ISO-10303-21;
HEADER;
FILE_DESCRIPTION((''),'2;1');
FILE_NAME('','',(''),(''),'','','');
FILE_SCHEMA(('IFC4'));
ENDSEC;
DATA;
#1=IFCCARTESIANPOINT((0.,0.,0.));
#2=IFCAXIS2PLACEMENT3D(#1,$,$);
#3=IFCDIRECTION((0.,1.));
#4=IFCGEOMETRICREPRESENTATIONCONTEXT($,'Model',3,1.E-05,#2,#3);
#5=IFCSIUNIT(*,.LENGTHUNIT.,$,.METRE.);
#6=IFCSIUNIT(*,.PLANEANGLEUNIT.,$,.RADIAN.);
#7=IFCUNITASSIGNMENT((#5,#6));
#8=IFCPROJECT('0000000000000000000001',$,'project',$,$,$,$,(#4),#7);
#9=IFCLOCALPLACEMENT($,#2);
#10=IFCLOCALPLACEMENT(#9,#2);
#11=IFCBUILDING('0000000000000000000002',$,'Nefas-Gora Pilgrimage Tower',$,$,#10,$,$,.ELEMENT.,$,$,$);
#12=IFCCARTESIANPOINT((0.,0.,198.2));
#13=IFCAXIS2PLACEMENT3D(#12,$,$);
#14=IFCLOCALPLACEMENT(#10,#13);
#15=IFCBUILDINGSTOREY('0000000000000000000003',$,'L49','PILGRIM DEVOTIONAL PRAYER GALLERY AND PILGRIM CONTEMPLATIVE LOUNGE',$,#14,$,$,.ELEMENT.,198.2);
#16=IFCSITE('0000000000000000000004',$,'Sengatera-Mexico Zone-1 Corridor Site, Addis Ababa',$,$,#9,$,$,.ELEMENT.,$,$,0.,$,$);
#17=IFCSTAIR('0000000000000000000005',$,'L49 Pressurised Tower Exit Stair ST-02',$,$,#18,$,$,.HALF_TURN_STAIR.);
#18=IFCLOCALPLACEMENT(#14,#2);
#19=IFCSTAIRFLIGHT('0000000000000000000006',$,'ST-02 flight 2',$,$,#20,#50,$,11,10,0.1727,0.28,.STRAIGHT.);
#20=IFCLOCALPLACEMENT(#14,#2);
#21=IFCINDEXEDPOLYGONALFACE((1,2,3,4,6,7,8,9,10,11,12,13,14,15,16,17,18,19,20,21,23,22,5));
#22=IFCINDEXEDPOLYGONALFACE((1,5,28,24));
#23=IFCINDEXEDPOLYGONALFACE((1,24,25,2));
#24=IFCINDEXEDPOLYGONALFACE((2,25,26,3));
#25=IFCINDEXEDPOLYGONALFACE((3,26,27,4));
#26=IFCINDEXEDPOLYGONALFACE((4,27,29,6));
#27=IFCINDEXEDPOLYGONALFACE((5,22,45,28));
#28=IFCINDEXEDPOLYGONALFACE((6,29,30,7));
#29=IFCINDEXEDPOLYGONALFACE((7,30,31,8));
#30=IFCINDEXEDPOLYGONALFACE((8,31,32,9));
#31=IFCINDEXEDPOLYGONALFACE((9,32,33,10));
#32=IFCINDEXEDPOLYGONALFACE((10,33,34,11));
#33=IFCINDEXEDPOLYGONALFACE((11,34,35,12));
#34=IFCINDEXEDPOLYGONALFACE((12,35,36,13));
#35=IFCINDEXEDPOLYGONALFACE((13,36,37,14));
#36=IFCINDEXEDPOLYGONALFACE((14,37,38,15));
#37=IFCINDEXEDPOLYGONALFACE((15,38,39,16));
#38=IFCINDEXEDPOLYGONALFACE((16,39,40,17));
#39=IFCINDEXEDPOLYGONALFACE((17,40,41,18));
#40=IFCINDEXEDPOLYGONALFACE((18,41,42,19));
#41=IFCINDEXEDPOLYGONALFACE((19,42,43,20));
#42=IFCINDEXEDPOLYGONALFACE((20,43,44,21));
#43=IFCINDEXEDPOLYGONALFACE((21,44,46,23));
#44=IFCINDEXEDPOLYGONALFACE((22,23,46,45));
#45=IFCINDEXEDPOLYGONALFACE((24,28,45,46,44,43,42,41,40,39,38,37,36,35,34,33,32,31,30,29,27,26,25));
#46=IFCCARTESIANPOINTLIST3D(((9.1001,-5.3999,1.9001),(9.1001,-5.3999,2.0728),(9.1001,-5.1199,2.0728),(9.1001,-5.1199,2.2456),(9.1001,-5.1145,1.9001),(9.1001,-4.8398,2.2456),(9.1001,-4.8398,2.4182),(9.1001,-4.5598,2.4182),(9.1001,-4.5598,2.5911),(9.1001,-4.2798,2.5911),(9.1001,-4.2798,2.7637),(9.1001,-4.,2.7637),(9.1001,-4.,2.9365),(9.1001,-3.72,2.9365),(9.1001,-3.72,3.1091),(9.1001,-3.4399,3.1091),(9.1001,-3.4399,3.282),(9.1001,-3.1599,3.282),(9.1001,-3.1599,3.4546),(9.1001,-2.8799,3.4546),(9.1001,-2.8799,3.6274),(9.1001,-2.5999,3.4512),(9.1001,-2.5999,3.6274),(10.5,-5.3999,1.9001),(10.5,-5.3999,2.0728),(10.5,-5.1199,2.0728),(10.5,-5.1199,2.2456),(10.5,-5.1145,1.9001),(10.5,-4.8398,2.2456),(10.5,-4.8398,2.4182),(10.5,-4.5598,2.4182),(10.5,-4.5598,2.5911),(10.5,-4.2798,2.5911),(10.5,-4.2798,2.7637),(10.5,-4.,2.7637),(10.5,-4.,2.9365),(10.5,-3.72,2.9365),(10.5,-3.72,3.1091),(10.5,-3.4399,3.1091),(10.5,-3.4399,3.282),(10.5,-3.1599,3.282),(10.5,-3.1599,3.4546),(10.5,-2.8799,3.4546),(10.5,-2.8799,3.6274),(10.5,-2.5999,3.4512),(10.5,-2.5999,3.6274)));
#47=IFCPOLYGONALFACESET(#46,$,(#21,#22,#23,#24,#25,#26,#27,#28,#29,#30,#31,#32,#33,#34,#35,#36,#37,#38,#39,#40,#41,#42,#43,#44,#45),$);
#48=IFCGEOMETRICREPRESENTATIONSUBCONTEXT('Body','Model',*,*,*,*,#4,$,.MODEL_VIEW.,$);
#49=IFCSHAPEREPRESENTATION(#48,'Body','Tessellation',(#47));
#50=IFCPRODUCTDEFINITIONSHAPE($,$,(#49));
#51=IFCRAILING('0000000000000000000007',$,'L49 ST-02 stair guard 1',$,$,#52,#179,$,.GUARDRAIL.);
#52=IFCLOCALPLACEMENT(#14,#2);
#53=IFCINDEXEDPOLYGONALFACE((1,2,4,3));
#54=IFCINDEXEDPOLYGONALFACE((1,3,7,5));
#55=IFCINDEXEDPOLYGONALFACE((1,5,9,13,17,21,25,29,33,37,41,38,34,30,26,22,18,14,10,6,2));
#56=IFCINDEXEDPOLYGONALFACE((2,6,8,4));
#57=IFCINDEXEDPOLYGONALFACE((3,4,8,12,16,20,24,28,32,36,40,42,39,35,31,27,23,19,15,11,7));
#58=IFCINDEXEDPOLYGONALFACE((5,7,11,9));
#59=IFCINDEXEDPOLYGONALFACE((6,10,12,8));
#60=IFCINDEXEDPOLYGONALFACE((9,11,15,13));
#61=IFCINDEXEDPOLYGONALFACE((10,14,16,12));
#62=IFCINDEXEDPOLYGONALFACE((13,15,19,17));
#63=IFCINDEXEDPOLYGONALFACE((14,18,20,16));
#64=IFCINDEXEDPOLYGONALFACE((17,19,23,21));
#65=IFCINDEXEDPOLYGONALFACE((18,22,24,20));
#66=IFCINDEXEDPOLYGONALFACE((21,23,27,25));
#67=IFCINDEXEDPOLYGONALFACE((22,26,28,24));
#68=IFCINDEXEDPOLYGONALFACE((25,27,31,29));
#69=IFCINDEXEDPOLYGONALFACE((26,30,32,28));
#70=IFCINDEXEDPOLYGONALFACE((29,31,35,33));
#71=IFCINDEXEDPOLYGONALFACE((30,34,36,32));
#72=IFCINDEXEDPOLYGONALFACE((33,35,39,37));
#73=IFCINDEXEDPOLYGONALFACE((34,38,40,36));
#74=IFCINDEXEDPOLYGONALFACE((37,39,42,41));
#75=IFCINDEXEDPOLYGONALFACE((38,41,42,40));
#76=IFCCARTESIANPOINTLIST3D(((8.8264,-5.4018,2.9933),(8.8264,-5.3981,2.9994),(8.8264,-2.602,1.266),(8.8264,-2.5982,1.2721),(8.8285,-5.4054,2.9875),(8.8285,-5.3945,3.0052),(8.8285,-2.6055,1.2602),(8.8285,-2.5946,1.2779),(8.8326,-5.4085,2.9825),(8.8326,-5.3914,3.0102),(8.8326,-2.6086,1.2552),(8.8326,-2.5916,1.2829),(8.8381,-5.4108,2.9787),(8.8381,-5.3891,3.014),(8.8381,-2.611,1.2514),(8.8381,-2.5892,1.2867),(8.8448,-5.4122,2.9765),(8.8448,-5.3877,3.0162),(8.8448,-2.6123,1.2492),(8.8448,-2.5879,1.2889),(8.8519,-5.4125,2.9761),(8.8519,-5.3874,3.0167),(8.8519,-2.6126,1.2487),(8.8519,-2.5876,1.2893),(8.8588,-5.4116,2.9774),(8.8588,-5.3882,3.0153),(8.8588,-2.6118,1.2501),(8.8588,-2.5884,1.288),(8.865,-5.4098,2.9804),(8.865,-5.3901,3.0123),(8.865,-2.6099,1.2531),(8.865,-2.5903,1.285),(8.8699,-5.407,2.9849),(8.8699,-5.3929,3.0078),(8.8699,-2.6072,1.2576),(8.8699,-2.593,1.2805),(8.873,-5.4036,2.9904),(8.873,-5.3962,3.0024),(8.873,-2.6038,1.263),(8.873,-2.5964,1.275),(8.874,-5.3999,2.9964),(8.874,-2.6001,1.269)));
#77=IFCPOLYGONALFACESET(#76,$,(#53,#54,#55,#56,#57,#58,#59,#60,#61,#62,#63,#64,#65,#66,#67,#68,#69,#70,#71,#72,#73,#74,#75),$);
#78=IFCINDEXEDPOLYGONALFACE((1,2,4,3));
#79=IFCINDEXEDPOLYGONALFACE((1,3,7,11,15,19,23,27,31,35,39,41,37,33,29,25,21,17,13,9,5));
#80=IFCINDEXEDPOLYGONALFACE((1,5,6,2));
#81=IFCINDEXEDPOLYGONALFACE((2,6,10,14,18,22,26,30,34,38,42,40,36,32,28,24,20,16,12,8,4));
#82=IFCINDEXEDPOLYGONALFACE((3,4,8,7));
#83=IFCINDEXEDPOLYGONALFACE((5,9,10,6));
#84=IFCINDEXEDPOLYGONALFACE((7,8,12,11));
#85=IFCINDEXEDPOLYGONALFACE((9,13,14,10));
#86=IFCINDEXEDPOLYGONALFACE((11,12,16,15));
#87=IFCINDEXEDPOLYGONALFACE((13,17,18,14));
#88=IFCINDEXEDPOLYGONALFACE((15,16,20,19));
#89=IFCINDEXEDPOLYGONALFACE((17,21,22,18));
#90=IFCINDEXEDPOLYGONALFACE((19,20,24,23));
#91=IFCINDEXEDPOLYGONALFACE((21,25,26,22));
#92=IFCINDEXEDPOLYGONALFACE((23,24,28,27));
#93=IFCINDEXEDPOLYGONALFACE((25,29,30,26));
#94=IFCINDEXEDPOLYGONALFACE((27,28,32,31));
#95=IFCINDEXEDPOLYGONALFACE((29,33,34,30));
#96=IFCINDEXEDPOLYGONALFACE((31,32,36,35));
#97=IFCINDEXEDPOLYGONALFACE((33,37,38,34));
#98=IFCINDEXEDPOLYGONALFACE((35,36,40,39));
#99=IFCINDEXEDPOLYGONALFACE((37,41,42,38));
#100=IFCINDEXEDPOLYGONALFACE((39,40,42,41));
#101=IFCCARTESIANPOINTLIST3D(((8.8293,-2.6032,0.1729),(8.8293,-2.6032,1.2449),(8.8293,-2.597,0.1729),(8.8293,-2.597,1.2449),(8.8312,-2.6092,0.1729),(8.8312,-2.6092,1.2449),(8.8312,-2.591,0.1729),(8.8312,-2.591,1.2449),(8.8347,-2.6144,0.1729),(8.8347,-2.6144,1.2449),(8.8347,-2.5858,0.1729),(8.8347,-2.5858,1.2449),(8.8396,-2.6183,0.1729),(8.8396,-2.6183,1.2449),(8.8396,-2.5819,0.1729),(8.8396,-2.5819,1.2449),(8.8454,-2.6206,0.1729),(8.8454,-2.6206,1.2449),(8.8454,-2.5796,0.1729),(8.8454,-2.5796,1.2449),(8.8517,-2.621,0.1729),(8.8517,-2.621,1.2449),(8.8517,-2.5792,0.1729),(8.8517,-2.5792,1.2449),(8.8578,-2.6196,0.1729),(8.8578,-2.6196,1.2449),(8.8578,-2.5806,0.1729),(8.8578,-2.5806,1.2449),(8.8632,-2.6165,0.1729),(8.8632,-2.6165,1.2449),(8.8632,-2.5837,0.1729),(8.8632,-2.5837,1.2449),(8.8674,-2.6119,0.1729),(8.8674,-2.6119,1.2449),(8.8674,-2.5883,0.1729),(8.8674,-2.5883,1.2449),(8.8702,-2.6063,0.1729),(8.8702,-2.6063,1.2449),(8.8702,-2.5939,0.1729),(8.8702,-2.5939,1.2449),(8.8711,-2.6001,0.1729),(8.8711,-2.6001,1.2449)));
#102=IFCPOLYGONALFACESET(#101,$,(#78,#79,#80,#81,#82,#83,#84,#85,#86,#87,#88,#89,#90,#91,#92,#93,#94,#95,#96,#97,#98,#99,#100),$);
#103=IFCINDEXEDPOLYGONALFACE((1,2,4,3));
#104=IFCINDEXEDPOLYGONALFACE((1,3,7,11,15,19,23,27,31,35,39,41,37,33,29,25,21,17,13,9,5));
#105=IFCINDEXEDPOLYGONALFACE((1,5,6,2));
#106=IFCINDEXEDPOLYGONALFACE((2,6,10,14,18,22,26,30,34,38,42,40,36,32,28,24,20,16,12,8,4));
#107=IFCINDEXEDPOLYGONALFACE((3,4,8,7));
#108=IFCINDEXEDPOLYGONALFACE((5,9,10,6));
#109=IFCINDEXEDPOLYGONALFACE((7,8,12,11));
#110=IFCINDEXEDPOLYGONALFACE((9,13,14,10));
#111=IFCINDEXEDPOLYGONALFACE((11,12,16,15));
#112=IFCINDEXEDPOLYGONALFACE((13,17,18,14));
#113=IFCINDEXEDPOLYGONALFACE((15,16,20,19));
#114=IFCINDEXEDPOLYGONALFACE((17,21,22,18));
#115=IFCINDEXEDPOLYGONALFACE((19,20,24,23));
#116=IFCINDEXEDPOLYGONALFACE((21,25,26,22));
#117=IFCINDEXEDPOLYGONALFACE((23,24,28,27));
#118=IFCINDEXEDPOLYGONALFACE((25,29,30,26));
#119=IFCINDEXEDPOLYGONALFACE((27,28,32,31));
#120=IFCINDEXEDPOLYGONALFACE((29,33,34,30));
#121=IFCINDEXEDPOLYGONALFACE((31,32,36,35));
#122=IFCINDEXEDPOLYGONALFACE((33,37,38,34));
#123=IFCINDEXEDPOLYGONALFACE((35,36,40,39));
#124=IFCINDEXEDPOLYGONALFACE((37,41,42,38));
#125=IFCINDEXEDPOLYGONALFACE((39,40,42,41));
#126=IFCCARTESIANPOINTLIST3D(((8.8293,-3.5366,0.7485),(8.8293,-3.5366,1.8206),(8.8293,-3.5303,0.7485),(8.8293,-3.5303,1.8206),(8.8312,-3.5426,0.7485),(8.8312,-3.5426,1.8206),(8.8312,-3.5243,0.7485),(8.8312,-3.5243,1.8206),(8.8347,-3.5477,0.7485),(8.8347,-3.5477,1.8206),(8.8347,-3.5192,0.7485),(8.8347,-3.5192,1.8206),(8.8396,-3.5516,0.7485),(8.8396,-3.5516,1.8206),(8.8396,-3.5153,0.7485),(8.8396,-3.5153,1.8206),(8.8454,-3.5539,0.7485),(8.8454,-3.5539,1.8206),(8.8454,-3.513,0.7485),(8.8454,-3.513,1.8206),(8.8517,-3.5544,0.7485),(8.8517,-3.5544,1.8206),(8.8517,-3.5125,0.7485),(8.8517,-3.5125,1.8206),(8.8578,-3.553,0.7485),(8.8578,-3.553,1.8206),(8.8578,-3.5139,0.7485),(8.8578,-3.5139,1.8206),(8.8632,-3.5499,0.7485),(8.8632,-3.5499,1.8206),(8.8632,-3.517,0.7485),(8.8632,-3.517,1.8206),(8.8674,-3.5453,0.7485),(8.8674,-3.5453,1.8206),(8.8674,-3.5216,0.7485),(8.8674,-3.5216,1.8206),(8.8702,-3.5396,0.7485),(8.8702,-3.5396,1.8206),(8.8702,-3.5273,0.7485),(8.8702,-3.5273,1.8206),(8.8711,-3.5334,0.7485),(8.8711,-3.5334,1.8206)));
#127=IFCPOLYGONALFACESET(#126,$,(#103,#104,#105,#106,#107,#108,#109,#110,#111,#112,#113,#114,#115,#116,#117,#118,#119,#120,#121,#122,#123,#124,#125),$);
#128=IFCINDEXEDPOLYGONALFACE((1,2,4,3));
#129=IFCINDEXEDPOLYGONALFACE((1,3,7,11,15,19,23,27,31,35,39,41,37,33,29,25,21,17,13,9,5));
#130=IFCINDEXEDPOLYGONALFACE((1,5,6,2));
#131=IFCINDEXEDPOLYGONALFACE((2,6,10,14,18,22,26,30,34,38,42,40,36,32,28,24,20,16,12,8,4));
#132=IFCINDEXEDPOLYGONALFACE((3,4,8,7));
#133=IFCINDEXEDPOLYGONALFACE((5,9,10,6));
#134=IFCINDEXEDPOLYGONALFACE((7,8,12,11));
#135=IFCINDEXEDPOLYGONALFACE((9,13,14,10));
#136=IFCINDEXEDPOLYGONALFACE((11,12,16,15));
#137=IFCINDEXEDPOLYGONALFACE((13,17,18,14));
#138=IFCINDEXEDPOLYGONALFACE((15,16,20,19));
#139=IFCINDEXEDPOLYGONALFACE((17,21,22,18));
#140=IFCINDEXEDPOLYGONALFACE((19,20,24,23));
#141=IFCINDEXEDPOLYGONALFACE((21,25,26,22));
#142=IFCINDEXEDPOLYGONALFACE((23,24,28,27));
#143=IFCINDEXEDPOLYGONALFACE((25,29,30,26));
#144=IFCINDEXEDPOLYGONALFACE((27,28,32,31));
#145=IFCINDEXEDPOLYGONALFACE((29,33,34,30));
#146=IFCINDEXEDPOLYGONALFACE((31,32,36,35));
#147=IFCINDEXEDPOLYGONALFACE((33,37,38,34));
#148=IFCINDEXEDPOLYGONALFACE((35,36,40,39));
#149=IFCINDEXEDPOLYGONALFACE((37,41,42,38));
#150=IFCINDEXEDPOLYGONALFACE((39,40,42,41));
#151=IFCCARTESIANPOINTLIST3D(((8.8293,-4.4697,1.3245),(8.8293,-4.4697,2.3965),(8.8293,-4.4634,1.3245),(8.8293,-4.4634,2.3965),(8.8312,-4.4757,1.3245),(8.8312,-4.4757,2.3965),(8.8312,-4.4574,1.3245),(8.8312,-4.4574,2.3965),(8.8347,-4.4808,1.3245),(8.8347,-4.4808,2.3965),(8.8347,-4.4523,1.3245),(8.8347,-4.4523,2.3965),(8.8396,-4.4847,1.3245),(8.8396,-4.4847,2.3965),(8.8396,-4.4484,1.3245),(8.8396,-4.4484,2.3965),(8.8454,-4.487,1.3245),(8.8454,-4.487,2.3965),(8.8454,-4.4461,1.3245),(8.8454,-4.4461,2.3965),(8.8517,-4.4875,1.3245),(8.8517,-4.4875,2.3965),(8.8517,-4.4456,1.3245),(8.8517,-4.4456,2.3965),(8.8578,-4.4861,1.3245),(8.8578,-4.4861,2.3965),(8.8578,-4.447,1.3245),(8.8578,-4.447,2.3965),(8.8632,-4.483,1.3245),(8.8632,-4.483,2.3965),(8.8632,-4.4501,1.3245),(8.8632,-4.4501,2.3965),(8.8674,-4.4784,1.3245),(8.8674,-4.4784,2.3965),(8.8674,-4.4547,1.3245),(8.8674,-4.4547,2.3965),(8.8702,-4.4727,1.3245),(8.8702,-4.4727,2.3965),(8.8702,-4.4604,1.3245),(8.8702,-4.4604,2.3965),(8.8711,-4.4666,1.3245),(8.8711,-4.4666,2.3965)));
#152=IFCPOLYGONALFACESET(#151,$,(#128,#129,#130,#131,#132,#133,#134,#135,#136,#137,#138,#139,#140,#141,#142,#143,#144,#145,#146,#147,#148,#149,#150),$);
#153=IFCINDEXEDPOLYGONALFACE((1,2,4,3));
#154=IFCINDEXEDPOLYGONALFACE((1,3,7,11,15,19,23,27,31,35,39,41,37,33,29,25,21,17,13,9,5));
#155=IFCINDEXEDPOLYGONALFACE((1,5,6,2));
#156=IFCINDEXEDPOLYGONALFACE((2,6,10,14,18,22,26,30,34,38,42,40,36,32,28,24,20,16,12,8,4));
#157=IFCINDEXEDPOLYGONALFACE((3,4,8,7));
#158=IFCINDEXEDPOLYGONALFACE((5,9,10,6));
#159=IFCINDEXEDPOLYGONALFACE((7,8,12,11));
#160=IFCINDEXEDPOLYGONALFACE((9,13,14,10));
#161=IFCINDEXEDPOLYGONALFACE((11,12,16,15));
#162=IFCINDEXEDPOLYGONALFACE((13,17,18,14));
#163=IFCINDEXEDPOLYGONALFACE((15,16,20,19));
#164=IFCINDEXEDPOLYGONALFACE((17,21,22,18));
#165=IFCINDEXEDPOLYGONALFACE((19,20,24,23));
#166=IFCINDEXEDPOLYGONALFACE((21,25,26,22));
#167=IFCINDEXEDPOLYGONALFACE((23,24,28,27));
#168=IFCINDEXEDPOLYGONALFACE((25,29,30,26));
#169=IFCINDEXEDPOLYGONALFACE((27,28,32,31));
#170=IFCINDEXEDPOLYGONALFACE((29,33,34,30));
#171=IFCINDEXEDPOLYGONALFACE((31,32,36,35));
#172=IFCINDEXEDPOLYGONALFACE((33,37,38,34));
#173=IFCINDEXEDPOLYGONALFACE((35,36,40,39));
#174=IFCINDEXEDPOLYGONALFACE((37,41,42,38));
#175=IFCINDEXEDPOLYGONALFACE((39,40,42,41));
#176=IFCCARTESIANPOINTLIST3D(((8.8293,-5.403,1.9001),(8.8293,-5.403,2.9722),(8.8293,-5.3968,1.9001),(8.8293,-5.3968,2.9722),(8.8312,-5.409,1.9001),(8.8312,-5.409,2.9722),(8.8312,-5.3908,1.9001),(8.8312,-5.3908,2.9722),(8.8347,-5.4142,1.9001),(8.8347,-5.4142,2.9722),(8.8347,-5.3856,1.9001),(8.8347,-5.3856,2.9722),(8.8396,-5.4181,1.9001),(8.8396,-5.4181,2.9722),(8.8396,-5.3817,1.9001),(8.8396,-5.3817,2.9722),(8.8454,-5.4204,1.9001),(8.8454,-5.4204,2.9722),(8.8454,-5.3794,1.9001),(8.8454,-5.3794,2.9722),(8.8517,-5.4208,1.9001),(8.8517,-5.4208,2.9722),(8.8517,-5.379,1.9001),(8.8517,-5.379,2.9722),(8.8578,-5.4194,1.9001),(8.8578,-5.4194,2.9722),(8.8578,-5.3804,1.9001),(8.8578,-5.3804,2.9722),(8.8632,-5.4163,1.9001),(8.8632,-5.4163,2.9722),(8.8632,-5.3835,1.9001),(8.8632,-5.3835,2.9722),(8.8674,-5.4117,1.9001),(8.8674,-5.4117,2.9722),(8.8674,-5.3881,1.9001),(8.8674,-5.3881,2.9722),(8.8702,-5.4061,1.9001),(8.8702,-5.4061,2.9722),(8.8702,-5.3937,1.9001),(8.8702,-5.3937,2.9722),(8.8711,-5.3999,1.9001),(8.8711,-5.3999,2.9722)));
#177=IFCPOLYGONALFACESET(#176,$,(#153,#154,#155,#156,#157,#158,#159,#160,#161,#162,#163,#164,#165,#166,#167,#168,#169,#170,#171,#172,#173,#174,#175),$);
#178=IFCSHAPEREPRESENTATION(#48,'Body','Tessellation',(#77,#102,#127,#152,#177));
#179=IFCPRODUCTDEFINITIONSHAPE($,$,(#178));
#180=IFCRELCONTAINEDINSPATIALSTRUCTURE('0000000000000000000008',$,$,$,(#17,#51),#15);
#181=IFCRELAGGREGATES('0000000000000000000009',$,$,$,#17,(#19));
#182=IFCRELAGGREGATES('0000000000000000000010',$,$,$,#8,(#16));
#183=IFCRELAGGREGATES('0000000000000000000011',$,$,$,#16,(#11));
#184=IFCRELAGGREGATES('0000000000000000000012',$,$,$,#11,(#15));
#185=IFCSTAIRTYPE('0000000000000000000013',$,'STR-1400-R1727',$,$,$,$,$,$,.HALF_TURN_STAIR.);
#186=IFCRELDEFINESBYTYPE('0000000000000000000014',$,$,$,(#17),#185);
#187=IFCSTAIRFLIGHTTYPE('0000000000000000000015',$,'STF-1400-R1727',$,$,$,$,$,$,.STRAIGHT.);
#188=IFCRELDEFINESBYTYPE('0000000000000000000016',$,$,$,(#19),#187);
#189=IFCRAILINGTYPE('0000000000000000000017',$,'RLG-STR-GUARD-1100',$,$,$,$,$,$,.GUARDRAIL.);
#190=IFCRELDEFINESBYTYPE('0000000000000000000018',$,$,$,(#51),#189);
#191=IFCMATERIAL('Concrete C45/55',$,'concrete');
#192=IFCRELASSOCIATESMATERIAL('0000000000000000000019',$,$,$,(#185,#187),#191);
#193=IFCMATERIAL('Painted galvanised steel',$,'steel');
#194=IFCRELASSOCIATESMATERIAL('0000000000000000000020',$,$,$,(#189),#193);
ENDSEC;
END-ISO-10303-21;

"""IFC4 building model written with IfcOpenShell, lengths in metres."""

from ifc_helpers import new_model, si_unit, direction, frame, origin, origin_2d, place, context, subcontext, project, spatial, polyline, circle, outline, extrude, source, transform, mapped, material, type_object, element, aggregate, save


model = new_model("IFC4")

# Units and contexts
model_context = context("Model", 3, precision=1e-05, world=origin(), true_north=direction((0.0, 1.0)))
body_context = subcontext(model_context, "Body", "Model", "MODEL_VIEW")
ifc_project = project(units=[si_unit("LENGTHUNIT", "METRE"), si_unit("PLANEANGLEUNIT", "RADIAN")], contexts=[model_context])

# Site, building, storey
site_placement = place(None, origin())
site = spatial("IfcSite", under=ifc_project, at=site_placement, Name="Sengatera-Mexico Zone-1 Corridor Site, Addis Ababa", CompositionType="ELEMENT", RefElevation=0.0)
building_placement = place(site_placement, origin())
building = spatial("IfcBuilding", under=site, at=building_placement, Name="Nefas-Gora Pilgrimage Tower", CompositionType="ELEMENT")
storey_placement = place(building_placement, frame((0.0, 0.0, 198.2)))
storey = spatial("IfcBuildingStorey", under=building, at=storey_placement, Name="L49", Description="PILGRIM DEVOTIONAL PRAYER GALLERY AND PILGRIM CONTEMPLATIVE LOUNGE", CompositionType="ELEMENT", Elevation=198.2)

# Shared definitions
ifc_material_1 = material(Name="Concrete C45/55", Category="concrete")

# Stair, stair flight
stair_type = type_object("IfcStairType", Name="STR-1400-R1727", PredefinedType="HALF_TURN_STAIR", material=ifc_material_1)
stair_placement = place(storey_placement, origin())
stair = element("IfcStair", 1, at=stair_placement, inside=storey, type_object=stair_type, Name="L49 Pressurised Tower Exit Stair ST-02", PredefinedType="HALF_TURN_STAIR")
stair_flight_type = type_object("IfcStairFlightType", Name="STF-1400-R1727", PredefinedType="STRAIGHT", material=ifc_material_1)
shared_shape_1 = source(origin(), body_context, "Body", "SweptSolid", [
    extrude(outline(polyline([(0.0, 0.0), (0.0, 0.1726), (0.28, 0.1726), (0.28, 0.3455), (0.5601, 0.3455), (0.5601, 0.5181), (0.8401, 0.5181), (0.8401, 0.6909), (1.1201, 0.6909), (1.1201, 0.8635), (1.3999, 0.8635), (1.3999, 1.0364), (1.6799, 1.0364), (1.6799, 1.209), (1.96, 1.209), (1.96, 1.3818), (2.24, 1.3818), (2.24, 1.5544), (2.52, 1.5544), (2.52, 1.7273), (2.8, 1.7273), (2.8, 1.8999), (2.8, 1.551), (0.2854, 0.0), (0.0, 0.0)])), frame((0.0, 0.7, 0.0), z_axis=(0.0, -1.0, 0.0), x_axis=(1.0, 0.0, 0.0)), (0.0, 0.0, 1.0), 1.3999),
])
stair_flight_1_placement = place(storey_placement, frame((9.8, -5.3999, 1.9001), z_axis=(0.0, 0.0, 1.0), x_axis=(0.0, 1.0, 0.0)))
stair_flight_1 = element("IfcStairFlight", 2, at=stair_flight_1_placement, type_object=stair_flight_type, Name="ST-02 flight 2", NumberOfRisers=11, NumberOfTreads=10, PredefinedType="STRAIGHT", RiserHeight=0.1727, TreadLength=0.28, context=body_context, shape_type="MappedRepresentation", body=[
    mapped(shared_shape_1, transform((0.0, 0.0, 0.0), x_axis=(1.0, 0.0, 0.0), y_axis=(0.0, 1.0, 0.0), z_axis=(0.0, 0.0, 1.0), scale=1.0)),
])
aggregate(stair, [stair_flight_1])

# Railing
ifc_material_2 = material(Name="Painted galvanised steel", Category="steel")
railing_type_1 = type_object("IfcRailingType", Name="RLG-STR-GUARD-1100", PredefinedType="GUARDRAIL", material=ifc_material_2)
railing_1_placement = place(storey_placement, frame((8.8501, -2.6001, 0.1729)))
element("IfcRailing", 3, at=railing_1_placement, inside=storey, type_object=railing_type_1, Name="L49 ST-02 stair guard 1", PredefinedType="GUARDRAIL", context=body_context, shape_type="SweptSolid", body=[
    extrude(circle(Radius=0.0239, at=origin_2d()), frame((0.0, 0.0, 1.0962), z_axis=(0.0, -0.851069, 0.525054), x_axis=(1.0, 0.0, 0.0)), (0.0, 0.0, 1.0), 3.2898),
    extrude(circle(Radius=0.021, at=origin_2d()), origin(), (0.0, 0.0, 1.0), 1.072),
    extrude(circle(Radius=0.021, at=origin_2d()), frame((0.0, -0.9333, 0.5757)), (0.0, 0.0, 1.0), 1.072),
    extrude(circle(Radius=0.021, at=origin_2d()), frame((0.0, -1.8665, 1.1516)), (0.0, 0.0, 1.0), 1.072),
    extrude(circle(Radius=0.021, at=origin_2d()), frame((0.0, -2.7998, 1.7273)), (0.0, 0.0, 1.0), 1.072),
])

save(model, "model.ifc")
